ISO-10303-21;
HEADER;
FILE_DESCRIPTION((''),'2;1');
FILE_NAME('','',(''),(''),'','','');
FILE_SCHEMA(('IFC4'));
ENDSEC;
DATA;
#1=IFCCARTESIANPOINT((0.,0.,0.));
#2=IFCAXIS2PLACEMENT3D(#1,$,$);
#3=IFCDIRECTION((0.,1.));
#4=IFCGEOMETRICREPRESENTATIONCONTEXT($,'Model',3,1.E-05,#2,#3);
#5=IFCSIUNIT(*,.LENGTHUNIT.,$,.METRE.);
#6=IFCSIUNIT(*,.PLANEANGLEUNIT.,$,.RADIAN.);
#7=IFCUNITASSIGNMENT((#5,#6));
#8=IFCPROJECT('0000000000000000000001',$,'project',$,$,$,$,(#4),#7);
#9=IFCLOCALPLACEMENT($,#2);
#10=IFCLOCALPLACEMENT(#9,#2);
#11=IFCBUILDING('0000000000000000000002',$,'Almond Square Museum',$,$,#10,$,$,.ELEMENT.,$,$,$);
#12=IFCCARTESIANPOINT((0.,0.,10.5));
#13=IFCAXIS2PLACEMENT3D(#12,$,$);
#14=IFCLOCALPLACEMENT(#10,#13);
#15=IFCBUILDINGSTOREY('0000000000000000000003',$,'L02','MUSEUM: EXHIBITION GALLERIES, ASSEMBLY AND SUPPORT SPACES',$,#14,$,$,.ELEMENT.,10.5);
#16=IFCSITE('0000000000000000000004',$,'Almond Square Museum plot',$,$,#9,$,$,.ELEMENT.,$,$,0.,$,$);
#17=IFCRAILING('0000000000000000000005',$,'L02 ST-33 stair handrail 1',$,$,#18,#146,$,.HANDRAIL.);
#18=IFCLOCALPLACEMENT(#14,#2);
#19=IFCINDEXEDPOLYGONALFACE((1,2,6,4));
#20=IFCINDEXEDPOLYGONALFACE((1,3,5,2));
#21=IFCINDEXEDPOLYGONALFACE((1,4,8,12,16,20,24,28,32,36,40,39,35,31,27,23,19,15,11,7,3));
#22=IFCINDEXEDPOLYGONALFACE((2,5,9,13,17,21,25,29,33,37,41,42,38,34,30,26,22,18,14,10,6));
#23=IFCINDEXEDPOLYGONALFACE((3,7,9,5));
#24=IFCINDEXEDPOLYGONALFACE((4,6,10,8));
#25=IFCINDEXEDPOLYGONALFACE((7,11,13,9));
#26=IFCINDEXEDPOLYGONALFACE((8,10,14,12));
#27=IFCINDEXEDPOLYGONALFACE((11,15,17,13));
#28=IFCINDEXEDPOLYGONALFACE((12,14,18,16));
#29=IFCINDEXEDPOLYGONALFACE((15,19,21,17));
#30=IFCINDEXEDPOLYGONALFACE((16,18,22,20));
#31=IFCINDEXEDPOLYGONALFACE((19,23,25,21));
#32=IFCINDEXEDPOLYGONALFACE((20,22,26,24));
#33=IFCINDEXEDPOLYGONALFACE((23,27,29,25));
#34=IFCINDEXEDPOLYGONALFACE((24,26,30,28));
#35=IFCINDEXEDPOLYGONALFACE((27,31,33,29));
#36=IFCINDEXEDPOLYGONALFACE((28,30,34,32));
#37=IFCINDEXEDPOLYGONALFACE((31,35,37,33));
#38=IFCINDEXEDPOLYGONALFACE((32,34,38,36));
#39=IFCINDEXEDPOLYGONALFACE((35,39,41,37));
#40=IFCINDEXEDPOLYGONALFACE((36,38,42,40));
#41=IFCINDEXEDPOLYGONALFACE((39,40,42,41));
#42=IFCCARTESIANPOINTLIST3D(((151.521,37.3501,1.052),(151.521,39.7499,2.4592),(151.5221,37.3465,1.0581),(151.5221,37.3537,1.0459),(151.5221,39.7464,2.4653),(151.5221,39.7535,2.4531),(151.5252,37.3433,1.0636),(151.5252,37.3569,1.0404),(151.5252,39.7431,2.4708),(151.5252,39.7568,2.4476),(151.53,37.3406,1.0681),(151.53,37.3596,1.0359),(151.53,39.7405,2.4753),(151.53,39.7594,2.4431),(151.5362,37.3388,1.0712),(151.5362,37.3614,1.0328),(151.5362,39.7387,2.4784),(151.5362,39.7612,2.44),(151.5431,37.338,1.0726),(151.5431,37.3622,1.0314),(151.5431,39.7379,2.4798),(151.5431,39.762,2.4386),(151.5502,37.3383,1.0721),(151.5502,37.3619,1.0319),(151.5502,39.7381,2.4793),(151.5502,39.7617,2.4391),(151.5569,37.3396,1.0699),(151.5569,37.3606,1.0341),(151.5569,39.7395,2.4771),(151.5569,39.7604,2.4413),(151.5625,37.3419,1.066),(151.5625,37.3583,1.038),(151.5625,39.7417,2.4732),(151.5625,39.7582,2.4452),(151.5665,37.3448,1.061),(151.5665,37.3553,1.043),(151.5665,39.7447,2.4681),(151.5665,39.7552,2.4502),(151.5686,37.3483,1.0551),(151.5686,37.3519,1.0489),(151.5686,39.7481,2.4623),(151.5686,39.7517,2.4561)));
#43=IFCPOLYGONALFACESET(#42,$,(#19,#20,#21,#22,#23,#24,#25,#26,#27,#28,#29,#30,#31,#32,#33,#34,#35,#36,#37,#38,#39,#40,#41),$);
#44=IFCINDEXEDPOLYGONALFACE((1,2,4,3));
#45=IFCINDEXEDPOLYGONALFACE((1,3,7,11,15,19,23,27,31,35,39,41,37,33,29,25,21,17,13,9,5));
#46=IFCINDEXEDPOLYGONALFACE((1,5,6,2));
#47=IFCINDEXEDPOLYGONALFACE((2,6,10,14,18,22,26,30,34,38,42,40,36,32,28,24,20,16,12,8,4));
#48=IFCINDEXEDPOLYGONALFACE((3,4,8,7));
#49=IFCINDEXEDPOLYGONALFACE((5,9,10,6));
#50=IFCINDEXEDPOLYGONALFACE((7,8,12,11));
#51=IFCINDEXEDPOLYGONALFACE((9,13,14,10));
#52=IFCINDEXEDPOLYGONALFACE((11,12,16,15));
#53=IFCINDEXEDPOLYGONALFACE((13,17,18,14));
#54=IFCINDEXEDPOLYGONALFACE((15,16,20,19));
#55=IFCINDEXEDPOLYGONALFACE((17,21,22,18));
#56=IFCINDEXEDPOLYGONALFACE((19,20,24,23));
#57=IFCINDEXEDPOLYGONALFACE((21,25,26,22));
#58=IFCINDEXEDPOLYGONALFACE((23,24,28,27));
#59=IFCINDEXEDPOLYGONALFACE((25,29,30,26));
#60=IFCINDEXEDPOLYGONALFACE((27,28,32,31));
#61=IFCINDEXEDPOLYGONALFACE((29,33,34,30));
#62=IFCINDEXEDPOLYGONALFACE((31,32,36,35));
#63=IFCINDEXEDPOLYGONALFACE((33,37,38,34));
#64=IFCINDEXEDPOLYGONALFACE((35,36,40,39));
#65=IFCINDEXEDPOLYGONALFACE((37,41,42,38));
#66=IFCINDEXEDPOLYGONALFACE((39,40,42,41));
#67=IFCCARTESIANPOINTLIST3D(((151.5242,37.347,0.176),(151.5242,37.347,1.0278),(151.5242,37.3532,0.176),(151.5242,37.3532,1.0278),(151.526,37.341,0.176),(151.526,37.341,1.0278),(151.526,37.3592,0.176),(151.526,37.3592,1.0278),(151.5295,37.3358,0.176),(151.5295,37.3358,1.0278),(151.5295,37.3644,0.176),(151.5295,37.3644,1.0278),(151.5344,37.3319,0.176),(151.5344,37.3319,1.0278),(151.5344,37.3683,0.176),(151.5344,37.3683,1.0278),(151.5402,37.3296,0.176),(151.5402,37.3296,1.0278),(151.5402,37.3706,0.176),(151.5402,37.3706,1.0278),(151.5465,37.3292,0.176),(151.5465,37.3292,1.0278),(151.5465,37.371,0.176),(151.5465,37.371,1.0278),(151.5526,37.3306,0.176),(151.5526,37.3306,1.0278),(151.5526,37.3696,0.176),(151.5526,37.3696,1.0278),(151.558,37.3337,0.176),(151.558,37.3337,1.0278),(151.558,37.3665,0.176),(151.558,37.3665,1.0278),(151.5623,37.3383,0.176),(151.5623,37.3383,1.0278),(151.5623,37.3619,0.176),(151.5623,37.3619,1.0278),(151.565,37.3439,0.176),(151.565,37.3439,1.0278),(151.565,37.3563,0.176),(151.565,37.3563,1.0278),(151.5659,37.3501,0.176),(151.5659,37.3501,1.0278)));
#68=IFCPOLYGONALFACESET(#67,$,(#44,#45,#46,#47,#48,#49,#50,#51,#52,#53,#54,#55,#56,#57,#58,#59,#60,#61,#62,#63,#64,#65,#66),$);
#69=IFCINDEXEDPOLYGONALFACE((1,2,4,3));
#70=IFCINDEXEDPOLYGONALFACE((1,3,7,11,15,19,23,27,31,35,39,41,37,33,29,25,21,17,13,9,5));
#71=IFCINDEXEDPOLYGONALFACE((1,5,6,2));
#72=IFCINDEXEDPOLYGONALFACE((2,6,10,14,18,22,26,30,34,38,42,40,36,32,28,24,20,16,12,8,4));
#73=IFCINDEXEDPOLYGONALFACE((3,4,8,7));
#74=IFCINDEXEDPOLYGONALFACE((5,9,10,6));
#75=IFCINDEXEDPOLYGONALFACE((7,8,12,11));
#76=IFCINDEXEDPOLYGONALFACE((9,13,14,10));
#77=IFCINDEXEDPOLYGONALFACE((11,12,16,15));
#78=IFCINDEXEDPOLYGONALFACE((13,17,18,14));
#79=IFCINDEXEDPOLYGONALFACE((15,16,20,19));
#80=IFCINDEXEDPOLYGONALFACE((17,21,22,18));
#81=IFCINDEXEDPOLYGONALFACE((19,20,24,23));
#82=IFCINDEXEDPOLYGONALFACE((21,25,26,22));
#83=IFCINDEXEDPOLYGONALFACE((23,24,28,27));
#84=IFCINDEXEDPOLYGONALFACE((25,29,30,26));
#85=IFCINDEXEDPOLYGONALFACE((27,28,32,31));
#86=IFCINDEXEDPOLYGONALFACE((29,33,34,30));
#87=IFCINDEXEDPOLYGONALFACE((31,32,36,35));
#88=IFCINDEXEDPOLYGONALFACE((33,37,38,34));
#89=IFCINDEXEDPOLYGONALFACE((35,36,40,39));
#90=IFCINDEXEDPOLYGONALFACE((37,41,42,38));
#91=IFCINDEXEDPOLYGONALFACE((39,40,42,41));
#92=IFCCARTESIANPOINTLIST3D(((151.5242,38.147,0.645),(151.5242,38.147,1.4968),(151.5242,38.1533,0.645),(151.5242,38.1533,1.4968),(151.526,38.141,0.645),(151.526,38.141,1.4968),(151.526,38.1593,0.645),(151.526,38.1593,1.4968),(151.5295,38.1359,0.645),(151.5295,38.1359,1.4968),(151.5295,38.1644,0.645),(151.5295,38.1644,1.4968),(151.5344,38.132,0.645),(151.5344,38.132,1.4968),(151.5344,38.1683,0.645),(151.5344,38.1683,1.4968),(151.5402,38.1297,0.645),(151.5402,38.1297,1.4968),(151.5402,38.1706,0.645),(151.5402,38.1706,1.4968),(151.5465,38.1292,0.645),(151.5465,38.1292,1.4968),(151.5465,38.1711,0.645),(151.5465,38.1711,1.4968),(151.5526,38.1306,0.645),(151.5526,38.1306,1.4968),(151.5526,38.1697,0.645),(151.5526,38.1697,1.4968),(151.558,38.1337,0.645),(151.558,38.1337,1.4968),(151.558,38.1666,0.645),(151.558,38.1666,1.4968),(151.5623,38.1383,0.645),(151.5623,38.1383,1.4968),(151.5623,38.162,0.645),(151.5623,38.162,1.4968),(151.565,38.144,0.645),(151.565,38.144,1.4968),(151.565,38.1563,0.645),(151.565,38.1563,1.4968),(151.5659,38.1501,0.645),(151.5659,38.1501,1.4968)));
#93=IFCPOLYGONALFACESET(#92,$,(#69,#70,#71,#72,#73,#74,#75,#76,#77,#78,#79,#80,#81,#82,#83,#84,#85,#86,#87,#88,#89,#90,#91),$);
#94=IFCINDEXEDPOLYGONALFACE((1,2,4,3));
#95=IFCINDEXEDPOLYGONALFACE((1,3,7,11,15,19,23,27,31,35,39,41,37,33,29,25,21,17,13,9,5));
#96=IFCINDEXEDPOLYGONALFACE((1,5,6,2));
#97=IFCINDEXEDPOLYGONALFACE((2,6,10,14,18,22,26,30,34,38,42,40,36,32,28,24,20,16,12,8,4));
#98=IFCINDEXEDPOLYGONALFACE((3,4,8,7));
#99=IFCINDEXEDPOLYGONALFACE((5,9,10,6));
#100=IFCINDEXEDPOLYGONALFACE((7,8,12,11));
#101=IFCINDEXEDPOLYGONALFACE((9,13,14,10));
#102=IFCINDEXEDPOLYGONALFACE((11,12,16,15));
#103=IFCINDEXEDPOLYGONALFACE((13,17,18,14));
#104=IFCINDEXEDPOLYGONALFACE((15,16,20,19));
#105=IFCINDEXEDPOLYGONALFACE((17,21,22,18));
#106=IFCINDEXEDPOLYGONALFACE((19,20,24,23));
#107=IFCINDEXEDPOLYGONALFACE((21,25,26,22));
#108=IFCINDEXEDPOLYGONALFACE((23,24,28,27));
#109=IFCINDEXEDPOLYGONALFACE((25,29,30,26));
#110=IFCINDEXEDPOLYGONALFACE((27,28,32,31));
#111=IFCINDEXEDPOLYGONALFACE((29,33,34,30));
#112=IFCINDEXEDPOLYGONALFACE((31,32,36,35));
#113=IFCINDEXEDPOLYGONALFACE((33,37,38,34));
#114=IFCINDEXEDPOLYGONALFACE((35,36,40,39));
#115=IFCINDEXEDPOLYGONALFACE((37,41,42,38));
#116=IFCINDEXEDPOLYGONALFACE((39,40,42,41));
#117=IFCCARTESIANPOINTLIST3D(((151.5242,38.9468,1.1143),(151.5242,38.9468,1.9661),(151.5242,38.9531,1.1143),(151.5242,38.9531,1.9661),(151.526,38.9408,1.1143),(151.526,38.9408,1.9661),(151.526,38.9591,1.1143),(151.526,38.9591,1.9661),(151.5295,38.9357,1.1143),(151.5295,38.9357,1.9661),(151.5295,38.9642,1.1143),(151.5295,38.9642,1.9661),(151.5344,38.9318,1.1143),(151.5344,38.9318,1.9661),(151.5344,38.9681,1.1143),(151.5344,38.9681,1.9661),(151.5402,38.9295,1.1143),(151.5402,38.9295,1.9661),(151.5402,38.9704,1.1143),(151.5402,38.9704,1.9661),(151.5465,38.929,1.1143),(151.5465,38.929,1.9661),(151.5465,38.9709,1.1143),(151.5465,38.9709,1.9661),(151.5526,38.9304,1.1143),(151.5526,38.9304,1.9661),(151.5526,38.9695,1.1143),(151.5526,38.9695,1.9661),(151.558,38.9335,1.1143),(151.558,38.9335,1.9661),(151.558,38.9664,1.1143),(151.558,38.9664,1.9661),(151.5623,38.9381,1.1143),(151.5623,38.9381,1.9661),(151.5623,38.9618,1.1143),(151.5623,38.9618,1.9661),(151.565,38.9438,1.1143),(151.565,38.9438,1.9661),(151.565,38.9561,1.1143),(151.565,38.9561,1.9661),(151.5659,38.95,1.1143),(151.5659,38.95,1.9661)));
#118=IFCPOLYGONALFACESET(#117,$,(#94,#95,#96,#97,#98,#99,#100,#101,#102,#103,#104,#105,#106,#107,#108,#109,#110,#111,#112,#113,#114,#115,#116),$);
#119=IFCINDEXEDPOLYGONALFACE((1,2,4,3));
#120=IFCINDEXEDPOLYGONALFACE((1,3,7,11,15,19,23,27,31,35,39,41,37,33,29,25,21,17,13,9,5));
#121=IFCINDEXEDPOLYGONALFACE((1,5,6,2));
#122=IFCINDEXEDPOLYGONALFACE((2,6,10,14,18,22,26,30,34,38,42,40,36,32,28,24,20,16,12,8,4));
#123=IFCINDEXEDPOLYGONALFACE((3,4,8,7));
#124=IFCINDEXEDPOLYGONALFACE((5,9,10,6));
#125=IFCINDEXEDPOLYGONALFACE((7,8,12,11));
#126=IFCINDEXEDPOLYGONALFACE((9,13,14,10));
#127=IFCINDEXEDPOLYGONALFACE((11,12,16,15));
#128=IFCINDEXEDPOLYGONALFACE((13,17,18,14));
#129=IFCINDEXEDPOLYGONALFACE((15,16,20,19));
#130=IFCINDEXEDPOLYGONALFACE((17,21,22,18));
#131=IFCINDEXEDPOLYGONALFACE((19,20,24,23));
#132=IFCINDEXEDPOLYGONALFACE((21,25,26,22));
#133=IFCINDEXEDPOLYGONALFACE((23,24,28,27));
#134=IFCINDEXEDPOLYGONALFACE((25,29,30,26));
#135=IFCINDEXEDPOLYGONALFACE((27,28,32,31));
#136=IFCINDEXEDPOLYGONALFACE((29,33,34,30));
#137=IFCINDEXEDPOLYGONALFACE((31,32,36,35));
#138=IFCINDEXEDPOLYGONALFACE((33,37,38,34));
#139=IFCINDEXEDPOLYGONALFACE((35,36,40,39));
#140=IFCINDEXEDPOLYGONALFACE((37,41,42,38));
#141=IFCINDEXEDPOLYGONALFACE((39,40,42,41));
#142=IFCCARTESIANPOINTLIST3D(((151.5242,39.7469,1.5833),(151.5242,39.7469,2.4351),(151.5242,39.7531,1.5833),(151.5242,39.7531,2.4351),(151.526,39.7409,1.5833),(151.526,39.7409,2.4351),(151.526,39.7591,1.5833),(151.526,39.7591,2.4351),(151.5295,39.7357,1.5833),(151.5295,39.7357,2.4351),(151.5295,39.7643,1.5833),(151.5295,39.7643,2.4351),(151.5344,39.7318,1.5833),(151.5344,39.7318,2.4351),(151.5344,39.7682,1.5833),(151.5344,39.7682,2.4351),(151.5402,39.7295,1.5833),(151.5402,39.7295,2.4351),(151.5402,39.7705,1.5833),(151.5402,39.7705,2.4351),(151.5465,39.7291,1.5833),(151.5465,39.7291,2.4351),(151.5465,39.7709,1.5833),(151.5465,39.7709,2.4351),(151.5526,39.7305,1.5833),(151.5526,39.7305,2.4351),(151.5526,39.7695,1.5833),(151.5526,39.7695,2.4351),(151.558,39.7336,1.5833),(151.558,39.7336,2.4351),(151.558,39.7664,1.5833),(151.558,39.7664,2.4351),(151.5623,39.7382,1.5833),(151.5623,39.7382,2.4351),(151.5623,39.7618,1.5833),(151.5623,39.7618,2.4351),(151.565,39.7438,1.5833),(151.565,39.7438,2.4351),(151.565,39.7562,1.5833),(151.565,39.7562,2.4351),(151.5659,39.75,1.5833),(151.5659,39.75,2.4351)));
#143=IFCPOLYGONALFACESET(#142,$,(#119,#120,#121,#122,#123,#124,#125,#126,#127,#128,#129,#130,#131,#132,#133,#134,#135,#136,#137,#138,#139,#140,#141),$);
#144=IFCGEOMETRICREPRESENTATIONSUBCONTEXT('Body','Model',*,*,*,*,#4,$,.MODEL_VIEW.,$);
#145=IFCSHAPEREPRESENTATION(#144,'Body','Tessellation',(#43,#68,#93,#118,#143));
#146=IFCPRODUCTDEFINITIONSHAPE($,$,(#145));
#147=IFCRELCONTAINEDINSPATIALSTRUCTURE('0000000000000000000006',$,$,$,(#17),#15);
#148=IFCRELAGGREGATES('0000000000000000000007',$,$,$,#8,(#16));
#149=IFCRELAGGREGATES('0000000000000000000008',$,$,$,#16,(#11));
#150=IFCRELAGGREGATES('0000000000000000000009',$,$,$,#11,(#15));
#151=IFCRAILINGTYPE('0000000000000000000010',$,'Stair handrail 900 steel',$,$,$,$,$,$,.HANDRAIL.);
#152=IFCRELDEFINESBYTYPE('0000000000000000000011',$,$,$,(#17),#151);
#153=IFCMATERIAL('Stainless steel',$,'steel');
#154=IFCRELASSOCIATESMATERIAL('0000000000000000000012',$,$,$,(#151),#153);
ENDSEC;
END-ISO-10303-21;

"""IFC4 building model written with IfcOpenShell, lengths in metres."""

from ifc_helpers import new_model, si_unit, direction, frame, origin, origin_2d, place, context, subcontext, project, spatial, circle, extrude, material, type_object, element, save


model = new_model("IFC4")

# Units and contexts
model_context = context("Model", 3, precision=1e-05, world=origin(), true_north=direction((0.0, 1.0)))
body_context = subcontext(model_context, "Body", "Model", "MODEL_VIEW")
ifc_project = project(units=[si_unit("LENGTHUNIT", "METRE"), si_unit("PLANEANGLEUNIT", "RADIAN")], contexts=[model_context])

# Site, building, storey
site_placement = place(None, origin())
site = spatial("IfcSite", under=ifc_project, at=site_placement, Name="Almond Square Museum plot", CompositionType="ELEMENT", RefElevation=0.0)
building_placement = place(site_placement, origin())
building = spatial("IfcBuilding", under=site, at=building_placement, Name="Almond Square Museum", CompositionType="ELEMENT")
storey_placement = place(building_placement, frame((0.0, 0.0, 10.5)))
storey = spatial("IfcBuildingStorey", under=building, at=storey_placement, Name="L02", Description="MUSEUM: EXHIBITION GALLERIES, ASSEMBLY AND SUPPORT SPACES", CompositionType="ELEMENT", Elevation=10.5)

# Railing
ifc_material_1 = material(Name="Stainless steel", Category="steel")
railing_type_1 = type_object("IfcRailingType", Name="Stair handrail 900 steel", PredefinedType="HANDRAIL", material=ifc_material_1)
railing_1_placement = place(storey_placement, frame((151.5449, 37.3501, 0.176)))
element("IfcRailing", 1, at=railing_1_placement, inside=storey, type_object=railing_type_1, Name="L02 ST-33 stair handrail 1", PredefinedType="HANDRAIL", context=body_context, shape_type="SweptSolid", body=[
    extrude(circle(Radius=0.0239, at=origin_2d()), frame((0.0, 0.0, 0.876), z_axis=(0.0, 0.862637, 0.505823), x_axis=(-1.0, 0.0, 0.0)), (0.0, 0.0, 1.0), 2.782),
    extrude(circle(Radius=0.021, at=origin_2d()), origin(), (0.0, 0.0, 1.0), 0.8518),
    extrude(circle(Radius=0.021, at=origin_2d()), frame((0.0, 0.8, 0.469)), (0.0, 0.0, 1.0), 0.8518),
    extrude(circle(Radius=0.021, at=origin_2d()), frame((0.0, 1.5999, 0.9382)), (0.0, 0.0, 1.0), 0.8518),
    extrude(circle(Radius=0.021, at=origin_2d()), frame((0.0, 2.3999, 1.4072)), (0.0, 0.0, 1.0), 0.8518),
])

save(model, "model.ifc")
